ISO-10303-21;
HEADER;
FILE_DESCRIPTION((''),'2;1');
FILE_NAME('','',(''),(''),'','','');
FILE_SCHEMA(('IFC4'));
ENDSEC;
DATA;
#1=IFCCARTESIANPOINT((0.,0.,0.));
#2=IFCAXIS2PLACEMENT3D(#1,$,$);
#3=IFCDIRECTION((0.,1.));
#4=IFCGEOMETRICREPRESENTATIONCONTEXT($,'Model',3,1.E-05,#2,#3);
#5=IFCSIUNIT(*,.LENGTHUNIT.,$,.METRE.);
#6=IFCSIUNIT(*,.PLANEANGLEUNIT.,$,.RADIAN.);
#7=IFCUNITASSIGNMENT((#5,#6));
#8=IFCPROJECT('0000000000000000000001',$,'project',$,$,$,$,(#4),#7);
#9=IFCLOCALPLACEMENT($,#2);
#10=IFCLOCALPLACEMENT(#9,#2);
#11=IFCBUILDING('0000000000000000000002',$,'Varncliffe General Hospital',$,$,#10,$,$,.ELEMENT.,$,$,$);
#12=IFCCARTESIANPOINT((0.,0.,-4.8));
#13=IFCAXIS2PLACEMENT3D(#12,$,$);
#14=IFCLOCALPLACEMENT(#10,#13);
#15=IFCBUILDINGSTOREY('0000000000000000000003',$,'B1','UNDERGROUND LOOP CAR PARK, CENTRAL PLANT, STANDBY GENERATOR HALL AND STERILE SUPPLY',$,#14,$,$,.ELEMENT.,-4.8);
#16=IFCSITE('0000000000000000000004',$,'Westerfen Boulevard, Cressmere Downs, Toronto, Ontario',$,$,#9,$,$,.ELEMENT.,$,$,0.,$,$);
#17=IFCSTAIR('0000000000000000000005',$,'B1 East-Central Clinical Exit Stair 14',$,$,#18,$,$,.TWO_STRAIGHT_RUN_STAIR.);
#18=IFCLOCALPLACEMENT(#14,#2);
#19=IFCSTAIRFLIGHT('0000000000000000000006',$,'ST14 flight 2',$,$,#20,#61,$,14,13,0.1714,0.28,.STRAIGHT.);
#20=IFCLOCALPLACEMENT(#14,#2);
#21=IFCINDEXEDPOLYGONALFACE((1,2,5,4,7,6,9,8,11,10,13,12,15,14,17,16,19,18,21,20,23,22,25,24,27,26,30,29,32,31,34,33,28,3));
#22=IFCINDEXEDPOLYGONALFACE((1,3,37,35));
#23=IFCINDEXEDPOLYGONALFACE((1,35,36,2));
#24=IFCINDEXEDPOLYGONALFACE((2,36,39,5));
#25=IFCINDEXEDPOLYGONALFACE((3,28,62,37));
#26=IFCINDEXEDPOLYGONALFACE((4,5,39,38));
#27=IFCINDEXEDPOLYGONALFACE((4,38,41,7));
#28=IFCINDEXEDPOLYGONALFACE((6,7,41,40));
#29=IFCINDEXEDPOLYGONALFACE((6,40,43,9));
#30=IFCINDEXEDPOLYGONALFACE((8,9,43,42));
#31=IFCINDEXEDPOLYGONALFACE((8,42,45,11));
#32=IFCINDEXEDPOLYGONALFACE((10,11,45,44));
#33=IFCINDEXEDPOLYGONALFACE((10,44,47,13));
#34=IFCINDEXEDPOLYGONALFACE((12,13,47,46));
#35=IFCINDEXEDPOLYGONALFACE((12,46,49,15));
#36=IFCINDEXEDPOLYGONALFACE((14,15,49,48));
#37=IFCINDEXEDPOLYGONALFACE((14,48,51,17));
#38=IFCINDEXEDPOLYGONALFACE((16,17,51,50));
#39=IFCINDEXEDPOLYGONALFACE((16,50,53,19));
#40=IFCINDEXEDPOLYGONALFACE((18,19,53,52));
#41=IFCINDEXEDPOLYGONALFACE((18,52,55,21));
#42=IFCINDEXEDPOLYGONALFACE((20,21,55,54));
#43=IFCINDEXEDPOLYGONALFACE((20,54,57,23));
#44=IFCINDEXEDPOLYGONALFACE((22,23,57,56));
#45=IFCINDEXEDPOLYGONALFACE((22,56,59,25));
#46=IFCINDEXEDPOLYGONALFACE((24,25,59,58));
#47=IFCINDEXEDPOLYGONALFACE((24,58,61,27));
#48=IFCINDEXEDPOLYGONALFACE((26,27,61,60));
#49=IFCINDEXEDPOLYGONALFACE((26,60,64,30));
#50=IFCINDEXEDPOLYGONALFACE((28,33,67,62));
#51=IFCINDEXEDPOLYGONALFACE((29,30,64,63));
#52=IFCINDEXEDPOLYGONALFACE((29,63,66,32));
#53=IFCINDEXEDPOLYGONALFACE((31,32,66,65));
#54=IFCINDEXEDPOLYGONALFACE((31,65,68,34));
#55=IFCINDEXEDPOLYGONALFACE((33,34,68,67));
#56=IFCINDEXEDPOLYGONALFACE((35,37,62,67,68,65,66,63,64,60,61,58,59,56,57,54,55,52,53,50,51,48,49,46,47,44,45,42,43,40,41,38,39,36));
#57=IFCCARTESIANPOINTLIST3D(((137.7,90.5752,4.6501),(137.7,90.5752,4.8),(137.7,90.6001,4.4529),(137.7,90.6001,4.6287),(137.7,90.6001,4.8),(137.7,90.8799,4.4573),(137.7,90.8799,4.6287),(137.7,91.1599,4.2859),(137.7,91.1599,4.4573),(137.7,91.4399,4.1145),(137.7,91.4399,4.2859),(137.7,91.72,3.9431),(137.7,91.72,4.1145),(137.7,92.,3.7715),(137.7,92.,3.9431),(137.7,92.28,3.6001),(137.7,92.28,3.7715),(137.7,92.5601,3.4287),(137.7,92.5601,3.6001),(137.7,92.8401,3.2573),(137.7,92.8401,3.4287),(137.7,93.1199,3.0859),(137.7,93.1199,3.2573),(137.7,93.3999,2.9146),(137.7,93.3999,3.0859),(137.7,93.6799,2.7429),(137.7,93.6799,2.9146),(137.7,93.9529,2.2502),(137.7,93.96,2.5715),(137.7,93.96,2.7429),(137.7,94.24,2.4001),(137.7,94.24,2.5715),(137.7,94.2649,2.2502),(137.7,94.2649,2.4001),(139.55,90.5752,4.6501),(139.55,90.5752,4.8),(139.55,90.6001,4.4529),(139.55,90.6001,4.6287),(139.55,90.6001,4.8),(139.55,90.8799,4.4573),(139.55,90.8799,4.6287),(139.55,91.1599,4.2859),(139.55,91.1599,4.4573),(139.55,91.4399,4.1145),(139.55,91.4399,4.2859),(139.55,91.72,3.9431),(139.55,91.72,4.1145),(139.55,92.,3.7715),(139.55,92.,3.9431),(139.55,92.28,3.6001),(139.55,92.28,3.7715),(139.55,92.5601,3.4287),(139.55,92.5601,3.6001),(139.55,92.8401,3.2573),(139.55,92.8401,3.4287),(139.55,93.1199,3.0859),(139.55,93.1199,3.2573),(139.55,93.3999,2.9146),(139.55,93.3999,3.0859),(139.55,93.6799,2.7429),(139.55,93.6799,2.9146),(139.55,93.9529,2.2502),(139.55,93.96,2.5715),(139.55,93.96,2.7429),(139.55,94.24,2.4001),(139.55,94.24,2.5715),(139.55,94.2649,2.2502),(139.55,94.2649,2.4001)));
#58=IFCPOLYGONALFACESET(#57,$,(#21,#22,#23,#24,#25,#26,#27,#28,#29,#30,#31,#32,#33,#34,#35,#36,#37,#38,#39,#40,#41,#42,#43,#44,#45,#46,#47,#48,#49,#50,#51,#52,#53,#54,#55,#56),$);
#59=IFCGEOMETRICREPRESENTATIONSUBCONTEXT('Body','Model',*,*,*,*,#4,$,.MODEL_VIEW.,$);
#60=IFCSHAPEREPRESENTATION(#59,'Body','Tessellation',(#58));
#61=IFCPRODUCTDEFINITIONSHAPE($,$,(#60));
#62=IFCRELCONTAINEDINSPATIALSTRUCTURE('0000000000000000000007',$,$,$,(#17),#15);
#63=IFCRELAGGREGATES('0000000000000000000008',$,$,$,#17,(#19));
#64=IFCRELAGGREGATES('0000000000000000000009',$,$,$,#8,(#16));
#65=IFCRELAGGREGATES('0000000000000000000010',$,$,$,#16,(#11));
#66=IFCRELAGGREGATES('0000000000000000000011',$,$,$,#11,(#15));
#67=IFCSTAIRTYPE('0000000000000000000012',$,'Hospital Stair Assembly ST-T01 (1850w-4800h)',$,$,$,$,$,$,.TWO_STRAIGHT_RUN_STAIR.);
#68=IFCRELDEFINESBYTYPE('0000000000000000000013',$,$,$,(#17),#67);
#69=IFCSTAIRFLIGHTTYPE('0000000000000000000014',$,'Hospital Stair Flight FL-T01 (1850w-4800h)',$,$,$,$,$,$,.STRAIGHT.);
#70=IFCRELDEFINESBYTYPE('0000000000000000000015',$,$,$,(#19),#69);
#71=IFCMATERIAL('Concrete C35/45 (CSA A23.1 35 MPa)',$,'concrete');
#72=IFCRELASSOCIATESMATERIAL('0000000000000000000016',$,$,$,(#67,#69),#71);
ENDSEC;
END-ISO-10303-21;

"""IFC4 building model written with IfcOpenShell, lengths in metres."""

from ifc_helpers import new_model, si_unit, direction, frame, origin, place, context, subcontext, project, spatial, polyline, outline, extrude, material, type_object, element, aggregate, save


model = new_model("IFC4")

# Units and contexts
model_context = context("Model", 3, precision=1e-05, world=origin(), true_north=direction((0.0, 1.0)))
body_context = subcontext(model_context, "Body", "Model", "MODEL_VIEW")
ifc_project = project(units=[si_unit("LENGTHUNIT", "METRE"), si_unit("PLANEANGLEUNIT", "RADIAN")], contexts=[model_context])

# Site, building, storey
site_placement = place(None, origin())
site = spatial("IfcSite", under=ifc_project, at=site_placement, Name="Westerfen Boulevard, Cressmere Downs, Toronto, Ontario", CompositionType="ELEMENT", RefElevation=0.0)
building_placement = place(site_placement, origin())
building = spatial("IfcBuilding", under=site, at=building_placement, Name="Varncliffe General Hospital", CompositionType="ELEMENT")
storey_placement = place(building_placement, frame((0.0, 0.0, -4.8)))
storey = spatial("IfcBuildingStorey", under=building, at=storey_placement, Name="B1", Description="UNDERGROUND LOOP CAR PARK, CENTRAL PLANT, STANDBY GENERATOR HALL AND STERILE SUPPLY", CompositionType="ELEMENT", Elevation=-4.8)

# Shared definitions
ifc_material_1 = material(Name="Concrete C35/45 (CSA A23.1 35 MPa)", Category="concrete")

# Stair, stair flight
stair_type = type_object("IfcStairType", Name="Hospital Stair Assembly ST-T01 (1850w-4800h)", PredefinedType="TWO_STRAIGHT_RUN_STAIR", material=ifc_material_1)
stair_placement = place(storey_placement, origin())
stair = element("IfcStair", 1, at=stair_placement, inside=storey, type_object=stair_type, Name="B1 East-Central Clinical Exit Stair 14", PredefinedType="TWO_STRAIGHT_RUN_STAIR")
stair_flight_type = type_object("IfcStairFlightType", Name="Hospital Stair Flight FL-T01 (1850w-4800h)", PredefinedType="STRAIGHT", material=ifc_material_1)
stair_flight_1_placement = place(storey_placement, frame((138.625, 94.24, 2.4001), z_axis=(0.0, 0.0, 1.0), x_axis=(0.0, -1.0, 0.0)))
stair_flight_1 = element("IfcStairFlight", 2, at=stair_flight_1_placement, type_object=stair_flight_type, Name="ST14 flight 2", NumberOfRisers=14, NumberOfTreads=13, PredefinedType="STRAIGHT", RiserHeight=0.1714, TreadLength=0.28, context=body_context, shape_type="SweptSolid", body=[
    extrude(outline(polyline([(-0.0249, -0.1499), (-0.0249, 0.0), (0.0, 0.0), (0.0, 0.1714), (0.28, 0.1714), (0.28, 0.3428), (0.5601, 0.3428), (0.5601, 0.5144), (0.8401, 0.5144), (0.8401, 0.6858), (1.1201, 0.6858), (1.1201, 0.8572), (1.3999, 0.8572), (1.3999, 1.0286), (1.6799, 1.0286), (1.6799, 1.2), (1.96, 1.2), (1.96, 1.3713), (2.24, 1.3713), (2.24, 1.543), (2.52, 1.543), (2.52, 1.7144), (2.8, 1.7144), (2.8, 1.8857), (3.0801, 1.8857), (3.0801, 2.0571), (3.3601, 2.0571), (3.3601, 2.2285), (3.6399, 2.2285), (3.6399, 2.3999), (3.6648, 2.3999), (3.6648, 2.25), (3.6399, 2.0527), (0.2871, -0.1499), (-0.0249, -0.1499)])), frame((0.0, 0.925, 0.0), z_axis=(0.0, -1.0, 0.0), x_axis=(1.0, 0.0, 0.0)), (0.0, 0.0, 1.0), 1.8501),
])
aggregate(stair, [stair_flight_1])

save(model, "model.ifc")
